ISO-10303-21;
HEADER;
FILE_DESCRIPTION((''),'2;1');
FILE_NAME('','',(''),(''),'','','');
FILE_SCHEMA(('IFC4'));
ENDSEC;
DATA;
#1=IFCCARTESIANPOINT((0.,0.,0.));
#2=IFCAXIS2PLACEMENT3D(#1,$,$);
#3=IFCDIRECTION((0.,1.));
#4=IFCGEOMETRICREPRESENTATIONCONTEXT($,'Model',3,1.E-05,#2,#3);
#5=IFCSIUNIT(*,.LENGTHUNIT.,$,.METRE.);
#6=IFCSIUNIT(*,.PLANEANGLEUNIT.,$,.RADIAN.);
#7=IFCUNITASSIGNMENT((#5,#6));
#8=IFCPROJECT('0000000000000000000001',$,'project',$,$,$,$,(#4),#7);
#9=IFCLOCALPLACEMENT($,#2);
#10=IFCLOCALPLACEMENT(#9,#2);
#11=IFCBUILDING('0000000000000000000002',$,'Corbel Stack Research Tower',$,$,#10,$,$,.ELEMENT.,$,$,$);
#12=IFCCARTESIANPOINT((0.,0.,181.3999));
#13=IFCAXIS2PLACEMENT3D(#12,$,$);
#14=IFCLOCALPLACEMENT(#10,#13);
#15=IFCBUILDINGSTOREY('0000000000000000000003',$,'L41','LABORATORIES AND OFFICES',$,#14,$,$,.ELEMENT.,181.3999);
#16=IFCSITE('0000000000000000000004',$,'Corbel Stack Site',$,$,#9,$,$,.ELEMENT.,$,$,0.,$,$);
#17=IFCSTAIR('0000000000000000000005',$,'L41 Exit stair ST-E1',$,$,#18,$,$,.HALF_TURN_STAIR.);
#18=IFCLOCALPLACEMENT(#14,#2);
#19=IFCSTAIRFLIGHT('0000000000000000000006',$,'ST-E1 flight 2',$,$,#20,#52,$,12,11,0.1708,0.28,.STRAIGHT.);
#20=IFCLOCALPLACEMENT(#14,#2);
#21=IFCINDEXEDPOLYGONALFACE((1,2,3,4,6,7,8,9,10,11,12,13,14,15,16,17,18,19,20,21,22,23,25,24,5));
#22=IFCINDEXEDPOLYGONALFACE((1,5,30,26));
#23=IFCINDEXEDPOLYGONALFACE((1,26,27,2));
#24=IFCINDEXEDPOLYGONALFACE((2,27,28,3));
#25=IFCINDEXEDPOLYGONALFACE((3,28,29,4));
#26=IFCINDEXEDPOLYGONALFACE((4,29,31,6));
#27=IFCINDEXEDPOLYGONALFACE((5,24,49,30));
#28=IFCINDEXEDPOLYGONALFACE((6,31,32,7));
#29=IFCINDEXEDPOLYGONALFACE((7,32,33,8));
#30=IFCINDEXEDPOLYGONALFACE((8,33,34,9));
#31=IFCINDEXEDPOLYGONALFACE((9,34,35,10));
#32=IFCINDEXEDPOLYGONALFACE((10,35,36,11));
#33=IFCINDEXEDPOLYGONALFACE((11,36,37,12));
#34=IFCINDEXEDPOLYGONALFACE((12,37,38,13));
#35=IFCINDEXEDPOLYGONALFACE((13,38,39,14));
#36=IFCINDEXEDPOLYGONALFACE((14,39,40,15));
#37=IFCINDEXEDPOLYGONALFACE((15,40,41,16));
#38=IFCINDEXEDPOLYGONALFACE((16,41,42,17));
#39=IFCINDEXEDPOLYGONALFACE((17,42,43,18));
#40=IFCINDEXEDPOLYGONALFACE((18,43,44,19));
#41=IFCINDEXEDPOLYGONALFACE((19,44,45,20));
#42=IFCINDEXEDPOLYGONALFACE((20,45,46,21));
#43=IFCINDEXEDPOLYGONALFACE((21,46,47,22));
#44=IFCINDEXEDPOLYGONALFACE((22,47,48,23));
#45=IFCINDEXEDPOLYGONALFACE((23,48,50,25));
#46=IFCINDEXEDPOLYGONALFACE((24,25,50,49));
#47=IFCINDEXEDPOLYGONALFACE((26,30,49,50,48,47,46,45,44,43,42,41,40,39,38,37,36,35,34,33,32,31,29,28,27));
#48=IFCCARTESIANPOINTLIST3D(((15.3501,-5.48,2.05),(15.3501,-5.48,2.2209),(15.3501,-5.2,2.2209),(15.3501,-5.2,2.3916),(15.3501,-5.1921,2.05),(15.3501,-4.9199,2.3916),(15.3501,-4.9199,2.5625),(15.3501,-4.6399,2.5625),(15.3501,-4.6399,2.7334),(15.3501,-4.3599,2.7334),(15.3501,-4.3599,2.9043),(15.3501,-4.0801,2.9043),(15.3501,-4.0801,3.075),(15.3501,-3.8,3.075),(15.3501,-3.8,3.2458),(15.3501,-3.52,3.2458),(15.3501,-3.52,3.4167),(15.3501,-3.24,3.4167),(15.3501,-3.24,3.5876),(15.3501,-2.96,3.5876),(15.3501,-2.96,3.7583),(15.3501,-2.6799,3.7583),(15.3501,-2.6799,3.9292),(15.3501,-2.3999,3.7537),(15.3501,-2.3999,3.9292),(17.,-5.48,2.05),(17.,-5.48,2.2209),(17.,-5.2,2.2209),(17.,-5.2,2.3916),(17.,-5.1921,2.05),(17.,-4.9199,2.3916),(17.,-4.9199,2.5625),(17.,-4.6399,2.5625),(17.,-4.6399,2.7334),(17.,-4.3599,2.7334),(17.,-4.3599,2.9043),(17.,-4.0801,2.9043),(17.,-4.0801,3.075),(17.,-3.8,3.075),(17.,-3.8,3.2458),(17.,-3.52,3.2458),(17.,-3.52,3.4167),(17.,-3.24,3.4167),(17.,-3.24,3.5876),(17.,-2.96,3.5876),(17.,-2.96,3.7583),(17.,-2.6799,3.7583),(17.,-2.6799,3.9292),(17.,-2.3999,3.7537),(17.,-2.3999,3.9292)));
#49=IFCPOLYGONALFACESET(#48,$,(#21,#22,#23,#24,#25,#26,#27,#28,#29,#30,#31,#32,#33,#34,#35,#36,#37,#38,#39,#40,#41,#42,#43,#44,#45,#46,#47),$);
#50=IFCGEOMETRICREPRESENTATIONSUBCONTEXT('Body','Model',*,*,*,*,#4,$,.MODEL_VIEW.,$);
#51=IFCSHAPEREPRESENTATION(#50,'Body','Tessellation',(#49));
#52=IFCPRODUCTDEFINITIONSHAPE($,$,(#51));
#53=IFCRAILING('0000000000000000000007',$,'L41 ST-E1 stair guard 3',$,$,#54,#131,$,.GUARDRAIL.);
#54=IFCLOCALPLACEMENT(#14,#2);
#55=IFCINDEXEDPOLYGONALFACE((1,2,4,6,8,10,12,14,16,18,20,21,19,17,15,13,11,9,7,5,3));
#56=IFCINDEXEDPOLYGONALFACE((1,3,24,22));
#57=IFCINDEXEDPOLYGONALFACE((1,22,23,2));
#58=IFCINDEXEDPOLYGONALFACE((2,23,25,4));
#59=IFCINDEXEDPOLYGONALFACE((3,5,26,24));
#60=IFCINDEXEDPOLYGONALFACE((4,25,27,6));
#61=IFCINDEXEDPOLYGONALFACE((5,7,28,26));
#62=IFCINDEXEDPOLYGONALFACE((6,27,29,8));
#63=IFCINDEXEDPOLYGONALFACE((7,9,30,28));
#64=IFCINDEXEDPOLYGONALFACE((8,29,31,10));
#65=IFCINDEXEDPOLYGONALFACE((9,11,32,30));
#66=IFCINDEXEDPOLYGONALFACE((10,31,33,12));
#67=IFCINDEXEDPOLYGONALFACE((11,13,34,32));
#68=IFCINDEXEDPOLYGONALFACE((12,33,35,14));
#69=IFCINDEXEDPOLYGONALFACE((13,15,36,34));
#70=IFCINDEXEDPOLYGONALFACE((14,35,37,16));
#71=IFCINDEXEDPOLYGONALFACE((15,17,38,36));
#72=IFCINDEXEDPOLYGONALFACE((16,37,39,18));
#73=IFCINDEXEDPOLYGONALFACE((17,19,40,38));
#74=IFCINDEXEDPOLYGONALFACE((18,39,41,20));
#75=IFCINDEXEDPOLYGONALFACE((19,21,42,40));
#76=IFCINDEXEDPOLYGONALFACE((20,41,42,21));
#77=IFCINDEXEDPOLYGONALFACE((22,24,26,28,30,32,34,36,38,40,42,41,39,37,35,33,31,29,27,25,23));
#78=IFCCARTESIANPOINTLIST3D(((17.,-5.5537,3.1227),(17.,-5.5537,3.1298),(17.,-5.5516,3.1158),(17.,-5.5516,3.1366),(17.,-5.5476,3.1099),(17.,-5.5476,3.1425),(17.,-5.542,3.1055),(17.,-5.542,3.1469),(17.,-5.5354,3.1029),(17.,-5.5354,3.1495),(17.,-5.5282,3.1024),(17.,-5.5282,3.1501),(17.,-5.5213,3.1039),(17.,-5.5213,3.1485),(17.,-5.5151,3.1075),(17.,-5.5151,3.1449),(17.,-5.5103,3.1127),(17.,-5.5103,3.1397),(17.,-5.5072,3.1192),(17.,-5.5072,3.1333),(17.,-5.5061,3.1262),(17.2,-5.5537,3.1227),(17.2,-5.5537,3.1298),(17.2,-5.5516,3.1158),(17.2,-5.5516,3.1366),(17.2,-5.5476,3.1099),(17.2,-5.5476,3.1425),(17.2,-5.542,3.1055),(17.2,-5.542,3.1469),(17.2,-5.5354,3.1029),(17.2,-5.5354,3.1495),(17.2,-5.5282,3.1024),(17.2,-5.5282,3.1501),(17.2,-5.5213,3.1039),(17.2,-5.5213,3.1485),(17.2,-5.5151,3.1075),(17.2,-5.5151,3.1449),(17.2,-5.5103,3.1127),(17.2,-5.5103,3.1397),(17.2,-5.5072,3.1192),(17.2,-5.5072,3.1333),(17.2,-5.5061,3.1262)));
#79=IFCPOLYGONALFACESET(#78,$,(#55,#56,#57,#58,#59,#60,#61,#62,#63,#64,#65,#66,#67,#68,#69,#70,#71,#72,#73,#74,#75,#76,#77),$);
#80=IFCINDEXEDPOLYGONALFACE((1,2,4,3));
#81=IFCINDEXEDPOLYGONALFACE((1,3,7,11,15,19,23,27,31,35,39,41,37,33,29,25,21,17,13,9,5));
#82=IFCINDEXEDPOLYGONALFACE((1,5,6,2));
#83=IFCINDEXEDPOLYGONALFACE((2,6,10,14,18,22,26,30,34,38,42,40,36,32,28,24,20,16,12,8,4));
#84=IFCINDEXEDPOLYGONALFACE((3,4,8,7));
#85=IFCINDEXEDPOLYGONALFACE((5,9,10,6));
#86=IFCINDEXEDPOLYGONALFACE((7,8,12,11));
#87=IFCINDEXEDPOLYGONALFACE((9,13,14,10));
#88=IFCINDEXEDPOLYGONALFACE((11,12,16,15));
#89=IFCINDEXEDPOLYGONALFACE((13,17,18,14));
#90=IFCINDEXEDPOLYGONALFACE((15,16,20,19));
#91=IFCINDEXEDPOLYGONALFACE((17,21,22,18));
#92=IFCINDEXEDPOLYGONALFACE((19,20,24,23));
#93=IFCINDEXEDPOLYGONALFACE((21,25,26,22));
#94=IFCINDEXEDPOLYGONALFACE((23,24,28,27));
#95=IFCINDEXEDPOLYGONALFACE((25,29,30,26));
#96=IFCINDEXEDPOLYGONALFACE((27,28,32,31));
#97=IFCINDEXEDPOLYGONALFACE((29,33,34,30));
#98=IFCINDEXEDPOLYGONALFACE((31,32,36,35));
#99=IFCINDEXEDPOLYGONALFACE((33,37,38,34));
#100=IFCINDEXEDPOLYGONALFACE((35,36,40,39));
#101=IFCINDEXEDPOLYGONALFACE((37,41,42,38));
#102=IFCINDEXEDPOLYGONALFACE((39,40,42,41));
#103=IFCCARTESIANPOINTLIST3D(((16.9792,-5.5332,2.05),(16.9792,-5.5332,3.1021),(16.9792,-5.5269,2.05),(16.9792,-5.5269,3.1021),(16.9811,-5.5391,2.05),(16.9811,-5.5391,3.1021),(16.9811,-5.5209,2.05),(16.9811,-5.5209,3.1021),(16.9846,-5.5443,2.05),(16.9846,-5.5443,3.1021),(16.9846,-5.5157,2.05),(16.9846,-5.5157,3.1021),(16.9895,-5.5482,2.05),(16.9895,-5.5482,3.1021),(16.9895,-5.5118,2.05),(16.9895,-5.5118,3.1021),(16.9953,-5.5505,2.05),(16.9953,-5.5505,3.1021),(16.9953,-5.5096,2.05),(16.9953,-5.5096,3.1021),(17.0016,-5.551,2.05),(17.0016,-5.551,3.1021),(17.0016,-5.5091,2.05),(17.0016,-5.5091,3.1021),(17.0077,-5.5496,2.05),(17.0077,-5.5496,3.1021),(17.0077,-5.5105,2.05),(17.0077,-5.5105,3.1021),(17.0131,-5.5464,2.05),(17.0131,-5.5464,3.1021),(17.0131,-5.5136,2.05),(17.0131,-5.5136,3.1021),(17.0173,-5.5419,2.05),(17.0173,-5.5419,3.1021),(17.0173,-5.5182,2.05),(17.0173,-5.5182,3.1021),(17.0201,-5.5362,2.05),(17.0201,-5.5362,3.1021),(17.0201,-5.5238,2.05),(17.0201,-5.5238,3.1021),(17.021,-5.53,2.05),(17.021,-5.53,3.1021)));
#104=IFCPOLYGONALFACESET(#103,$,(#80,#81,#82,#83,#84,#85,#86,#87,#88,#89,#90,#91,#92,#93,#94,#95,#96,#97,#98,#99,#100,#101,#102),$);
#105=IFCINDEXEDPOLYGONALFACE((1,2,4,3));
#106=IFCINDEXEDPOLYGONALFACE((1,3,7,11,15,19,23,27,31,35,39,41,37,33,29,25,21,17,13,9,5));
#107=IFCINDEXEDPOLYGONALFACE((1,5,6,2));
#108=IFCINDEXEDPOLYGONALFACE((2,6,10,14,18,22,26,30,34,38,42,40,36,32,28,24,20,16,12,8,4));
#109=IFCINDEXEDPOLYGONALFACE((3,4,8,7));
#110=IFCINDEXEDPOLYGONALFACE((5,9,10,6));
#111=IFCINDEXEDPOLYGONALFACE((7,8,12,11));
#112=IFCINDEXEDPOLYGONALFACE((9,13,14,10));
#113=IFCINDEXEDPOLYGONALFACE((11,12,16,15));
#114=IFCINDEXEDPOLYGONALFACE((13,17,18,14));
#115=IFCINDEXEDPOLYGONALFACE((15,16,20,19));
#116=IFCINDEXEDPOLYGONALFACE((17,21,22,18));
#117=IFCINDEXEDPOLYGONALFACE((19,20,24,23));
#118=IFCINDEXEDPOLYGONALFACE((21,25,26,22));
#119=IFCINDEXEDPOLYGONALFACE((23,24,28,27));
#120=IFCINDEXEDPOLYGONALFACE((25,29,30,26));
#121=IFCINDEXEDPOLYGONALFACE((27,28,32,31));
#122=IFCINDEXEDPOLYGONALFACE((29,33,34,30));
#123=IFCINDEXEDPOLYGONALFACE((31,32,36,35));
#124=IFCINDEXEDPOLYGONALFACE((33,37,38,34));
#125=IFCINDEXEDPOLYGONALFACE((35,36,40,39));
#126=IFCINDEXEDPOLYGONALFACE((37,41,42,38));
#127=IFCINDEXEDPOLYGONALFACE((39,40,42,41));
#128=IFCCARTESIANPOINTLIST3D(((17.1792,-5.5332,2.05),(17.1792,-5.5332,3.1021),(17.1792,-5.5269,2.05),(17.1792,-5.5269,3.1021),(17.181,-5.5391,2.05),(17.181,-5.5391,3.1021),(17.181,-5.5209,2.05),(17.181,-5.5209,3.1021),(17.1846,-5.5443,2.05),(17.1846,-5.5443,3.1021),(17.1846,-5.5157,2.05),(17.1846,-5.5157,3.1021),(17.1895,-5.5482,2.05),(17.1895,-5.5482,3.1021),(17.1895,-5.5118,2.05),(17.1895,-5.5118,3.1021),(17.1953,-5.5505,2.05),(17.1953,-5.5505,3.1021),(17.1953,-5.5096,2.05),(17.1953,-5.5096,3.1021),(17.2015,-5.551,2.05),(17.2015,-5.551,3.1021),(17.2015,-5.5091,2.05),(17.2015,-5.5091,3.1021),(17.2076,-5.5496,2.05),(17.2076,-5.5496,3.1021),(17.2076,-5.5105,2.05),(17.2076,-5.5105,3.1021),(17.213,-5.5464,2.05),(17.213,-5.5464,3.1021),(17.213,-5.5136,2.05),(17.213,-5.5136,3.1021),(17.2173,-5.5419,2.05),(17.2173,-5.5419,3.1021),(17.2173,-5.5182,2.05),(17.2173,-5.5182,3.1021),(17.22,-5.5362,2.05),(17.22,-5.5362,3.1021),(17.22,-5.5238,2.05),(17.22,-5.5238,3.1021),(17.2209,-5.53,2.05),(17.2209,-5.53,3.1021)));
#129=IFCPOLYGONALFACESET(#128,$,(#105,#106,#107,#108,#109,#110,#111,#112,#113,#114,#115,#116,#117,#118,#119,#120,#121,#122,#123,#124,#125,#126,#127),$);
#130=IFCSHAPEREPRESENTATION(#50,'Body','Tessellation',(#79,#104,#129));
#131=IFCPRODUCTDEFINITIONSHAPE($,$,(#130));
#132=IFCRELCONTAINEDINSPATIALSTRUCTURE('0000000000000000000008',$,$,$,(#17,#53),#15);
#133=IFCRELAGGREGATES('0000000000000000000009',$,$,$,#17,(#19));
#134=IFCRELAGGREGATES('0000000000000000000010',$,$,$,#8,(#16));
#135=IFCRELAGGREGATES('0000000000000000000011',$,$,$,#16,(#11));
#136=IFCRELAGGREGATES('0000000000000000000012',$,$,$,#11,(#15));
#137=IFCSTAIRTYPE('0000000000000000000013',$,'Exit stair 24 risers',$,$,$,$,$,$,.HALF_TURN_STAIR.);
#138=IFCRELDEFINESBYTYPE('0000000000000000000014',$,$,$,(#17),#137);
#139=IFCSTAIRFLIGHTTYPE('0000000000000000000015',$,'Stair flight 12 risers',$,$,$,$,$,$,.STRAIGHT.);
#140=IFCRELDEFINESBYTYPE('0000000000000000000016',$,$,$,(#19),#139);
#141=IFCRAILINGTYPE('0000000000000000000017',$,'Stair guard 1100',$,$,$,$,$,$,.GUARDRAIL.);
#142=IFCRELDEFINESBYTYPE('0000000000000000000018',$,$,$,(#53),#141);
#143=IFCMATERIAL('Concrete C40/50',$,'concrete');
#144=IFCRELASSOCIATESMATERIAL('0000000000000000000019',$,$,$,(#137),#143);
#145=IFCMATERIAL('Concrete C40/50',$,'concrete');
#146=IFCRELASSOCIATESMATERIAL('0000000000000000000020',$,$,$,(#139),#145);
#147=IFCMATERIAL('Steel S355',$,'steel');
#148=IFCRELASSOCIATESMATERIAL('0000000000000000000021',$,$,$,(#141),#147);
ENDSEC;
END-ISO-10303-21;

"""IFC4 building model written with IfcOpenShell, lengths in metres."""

from ifc_helpers import new_model, si_unit, direction, frame, origin, origin_2d, place, context, subcontext, project, spatial, polyline, circle, outline, extrude, material, type_object, element, aggregate, save


model = new_model("IFC4")

# Units and contexts
model_context = context("Model", 3, precision=1e-05, world=origin(), true_north=direction((0.0, 1.0)))
body_context = subcontext(model_context, "Body", "Model", "MODEL_VIEW")
ifc_project = project(units=[si_unit("LENGTHUNIT", "METRE"), si_unit("PLANEANGLEUNIT", "RADIAN")], contexts=[model_context])

# Site, building, storey
site_placement = place(None, origin())
site = spatial("IfcSite", under=ifc_project, at=site_placement, Name="Corbel Stack Site", CompositionType="ELEMENT", RefElevation=0.0)
building_placement = place(site_placement, origin())
building = spatial("IfcBuilding", under=site, at=building_placement, Name="Corbel Stack Research Tower", CompositionType="ELEMENT")
storey_placement = place(building_placement, frame((0.0, 0.0, 181.3999)))
storey = spatial("IfcBuildingStorey", under=building, at=storey_placement, Name="L41", Description="LABORATORIES AND OFFICES", CompositionType="ELEMENT", Elevation=181.3999)

# Stair, stair flight
ifc_material_1 = material(Name="Concrete C40/50", Category="concrete")
stair_type = type_object("IfcStairType", Name="Exit stair 24 risers", PredefinedType="HALF_TURN_STAIR", material=ifc_material_1)
stair_placement = place(storey_placement, origin())
stair = element("IfcStair", 1, at=stair_placement, inside=storey, type_object=stair_type, Name="L41 Exit stair ST-E1", PredefinedType="HALF_TURN_STAIR")
ifc_material_2 = material(Name="Concrete C40/50", Category="concrete")
stair_flight_type = type_object("IfcStairFlightType", Name="Stair flight 12 risers", PredefinedType="STRAIGHT", material=ifc_material_2)
stair_flight_placement = place(storey_placement, frame((16.175, -5.48, 2.05), z_axis=(0.0, 0.0, 1.0), x_axis=(0.0, 1.0, 0.0)))
stair_flight = element("IfcStairFlight", 2, at=stair_flight_placement, type_object=stair_flight_type, Name="ST-E1 flight 2", NumberOfRisers=12, NumberOfTreads=11, PredefinedType="STRAIGHT", RiserHeight=0.1708, TreadLength=0.28, context=body_context, shape_type="SweptSolid", body=[
    extrude(outline(polyline([(0.0, 0.0), (0.0, 0.1709), (0.28, 0.1709), (0.28, 0.3416), (0.5601, 0.3416), (0.5601, 0.5125), (0.8401, 0.5125), (0.8401, 0.6833), (1.1201, 0.6833), (1.1201, 0.8542), (1.3999, 0.8542), (1.3999, 1.0249), (1.6799, 1.0249), (1.6799, 1.1958), (1.96, 1.1958), (1.96, 1.3667), (2.24, 1.3667), (2.24, 1.5376), (2.52, 1.5376), (2.52, 1.7083), (2.8, 1.7083), (2.8, 1.8792), (3.0801, 1.8792), (3.0801, 2.05), (3.0801, 1.7036), (0.2878, 0.0), (0.0, 0.0)])), frame((0.0, 0.825, 0.0), z_axis=(0.0, -1.0, 0.0), x_axis=(1.0, 0.0, 0.0)), (0.0, 0.0, 1.0), 1.6499),
])
aggregate(stair, [stair_flight])

# Railing
ifc_material_3 = material(Name="Steel S355", Category="steel")
railing_type_1 = type_object("IfcRailingType", Name="Stair guard 1100", PredefinedType="GUARDRAIL", material=ifc_material_3)
railing_1_placement = place(storey_placement, frame((17.0, -5.53, 2.05)))
element("IfcRailing", 3, at=railing_1_placement, inside=storey, type_object=railing_type_1, Name="L41 ST-E1 stair guard 3", PredefinedType="GUARDRAIL", context=body_context, shape_type="SweptSolid", body=[
    extrude(circle(Radius=0.0239, at=origin_2d()), frame((0.0, 0.0, 1.0762), z_axis=(1.0, 0.0, 0.0), x_axis=(0.0, 1.0, 0.0)), (0.0, 0.0, 1.0), 0.2),
    extrude(circle(Radius=0.021, at=origin_2d()), origin(), (0.0, 0.0, 1.0), 1.052),
    extrude(circle(Radius=0.021, at=origin_2d()), frame((0.2, 0.0, 0.0)), (0.0, 0.0, 1.0), 1.052),
])

save(model, "model.ifc")
